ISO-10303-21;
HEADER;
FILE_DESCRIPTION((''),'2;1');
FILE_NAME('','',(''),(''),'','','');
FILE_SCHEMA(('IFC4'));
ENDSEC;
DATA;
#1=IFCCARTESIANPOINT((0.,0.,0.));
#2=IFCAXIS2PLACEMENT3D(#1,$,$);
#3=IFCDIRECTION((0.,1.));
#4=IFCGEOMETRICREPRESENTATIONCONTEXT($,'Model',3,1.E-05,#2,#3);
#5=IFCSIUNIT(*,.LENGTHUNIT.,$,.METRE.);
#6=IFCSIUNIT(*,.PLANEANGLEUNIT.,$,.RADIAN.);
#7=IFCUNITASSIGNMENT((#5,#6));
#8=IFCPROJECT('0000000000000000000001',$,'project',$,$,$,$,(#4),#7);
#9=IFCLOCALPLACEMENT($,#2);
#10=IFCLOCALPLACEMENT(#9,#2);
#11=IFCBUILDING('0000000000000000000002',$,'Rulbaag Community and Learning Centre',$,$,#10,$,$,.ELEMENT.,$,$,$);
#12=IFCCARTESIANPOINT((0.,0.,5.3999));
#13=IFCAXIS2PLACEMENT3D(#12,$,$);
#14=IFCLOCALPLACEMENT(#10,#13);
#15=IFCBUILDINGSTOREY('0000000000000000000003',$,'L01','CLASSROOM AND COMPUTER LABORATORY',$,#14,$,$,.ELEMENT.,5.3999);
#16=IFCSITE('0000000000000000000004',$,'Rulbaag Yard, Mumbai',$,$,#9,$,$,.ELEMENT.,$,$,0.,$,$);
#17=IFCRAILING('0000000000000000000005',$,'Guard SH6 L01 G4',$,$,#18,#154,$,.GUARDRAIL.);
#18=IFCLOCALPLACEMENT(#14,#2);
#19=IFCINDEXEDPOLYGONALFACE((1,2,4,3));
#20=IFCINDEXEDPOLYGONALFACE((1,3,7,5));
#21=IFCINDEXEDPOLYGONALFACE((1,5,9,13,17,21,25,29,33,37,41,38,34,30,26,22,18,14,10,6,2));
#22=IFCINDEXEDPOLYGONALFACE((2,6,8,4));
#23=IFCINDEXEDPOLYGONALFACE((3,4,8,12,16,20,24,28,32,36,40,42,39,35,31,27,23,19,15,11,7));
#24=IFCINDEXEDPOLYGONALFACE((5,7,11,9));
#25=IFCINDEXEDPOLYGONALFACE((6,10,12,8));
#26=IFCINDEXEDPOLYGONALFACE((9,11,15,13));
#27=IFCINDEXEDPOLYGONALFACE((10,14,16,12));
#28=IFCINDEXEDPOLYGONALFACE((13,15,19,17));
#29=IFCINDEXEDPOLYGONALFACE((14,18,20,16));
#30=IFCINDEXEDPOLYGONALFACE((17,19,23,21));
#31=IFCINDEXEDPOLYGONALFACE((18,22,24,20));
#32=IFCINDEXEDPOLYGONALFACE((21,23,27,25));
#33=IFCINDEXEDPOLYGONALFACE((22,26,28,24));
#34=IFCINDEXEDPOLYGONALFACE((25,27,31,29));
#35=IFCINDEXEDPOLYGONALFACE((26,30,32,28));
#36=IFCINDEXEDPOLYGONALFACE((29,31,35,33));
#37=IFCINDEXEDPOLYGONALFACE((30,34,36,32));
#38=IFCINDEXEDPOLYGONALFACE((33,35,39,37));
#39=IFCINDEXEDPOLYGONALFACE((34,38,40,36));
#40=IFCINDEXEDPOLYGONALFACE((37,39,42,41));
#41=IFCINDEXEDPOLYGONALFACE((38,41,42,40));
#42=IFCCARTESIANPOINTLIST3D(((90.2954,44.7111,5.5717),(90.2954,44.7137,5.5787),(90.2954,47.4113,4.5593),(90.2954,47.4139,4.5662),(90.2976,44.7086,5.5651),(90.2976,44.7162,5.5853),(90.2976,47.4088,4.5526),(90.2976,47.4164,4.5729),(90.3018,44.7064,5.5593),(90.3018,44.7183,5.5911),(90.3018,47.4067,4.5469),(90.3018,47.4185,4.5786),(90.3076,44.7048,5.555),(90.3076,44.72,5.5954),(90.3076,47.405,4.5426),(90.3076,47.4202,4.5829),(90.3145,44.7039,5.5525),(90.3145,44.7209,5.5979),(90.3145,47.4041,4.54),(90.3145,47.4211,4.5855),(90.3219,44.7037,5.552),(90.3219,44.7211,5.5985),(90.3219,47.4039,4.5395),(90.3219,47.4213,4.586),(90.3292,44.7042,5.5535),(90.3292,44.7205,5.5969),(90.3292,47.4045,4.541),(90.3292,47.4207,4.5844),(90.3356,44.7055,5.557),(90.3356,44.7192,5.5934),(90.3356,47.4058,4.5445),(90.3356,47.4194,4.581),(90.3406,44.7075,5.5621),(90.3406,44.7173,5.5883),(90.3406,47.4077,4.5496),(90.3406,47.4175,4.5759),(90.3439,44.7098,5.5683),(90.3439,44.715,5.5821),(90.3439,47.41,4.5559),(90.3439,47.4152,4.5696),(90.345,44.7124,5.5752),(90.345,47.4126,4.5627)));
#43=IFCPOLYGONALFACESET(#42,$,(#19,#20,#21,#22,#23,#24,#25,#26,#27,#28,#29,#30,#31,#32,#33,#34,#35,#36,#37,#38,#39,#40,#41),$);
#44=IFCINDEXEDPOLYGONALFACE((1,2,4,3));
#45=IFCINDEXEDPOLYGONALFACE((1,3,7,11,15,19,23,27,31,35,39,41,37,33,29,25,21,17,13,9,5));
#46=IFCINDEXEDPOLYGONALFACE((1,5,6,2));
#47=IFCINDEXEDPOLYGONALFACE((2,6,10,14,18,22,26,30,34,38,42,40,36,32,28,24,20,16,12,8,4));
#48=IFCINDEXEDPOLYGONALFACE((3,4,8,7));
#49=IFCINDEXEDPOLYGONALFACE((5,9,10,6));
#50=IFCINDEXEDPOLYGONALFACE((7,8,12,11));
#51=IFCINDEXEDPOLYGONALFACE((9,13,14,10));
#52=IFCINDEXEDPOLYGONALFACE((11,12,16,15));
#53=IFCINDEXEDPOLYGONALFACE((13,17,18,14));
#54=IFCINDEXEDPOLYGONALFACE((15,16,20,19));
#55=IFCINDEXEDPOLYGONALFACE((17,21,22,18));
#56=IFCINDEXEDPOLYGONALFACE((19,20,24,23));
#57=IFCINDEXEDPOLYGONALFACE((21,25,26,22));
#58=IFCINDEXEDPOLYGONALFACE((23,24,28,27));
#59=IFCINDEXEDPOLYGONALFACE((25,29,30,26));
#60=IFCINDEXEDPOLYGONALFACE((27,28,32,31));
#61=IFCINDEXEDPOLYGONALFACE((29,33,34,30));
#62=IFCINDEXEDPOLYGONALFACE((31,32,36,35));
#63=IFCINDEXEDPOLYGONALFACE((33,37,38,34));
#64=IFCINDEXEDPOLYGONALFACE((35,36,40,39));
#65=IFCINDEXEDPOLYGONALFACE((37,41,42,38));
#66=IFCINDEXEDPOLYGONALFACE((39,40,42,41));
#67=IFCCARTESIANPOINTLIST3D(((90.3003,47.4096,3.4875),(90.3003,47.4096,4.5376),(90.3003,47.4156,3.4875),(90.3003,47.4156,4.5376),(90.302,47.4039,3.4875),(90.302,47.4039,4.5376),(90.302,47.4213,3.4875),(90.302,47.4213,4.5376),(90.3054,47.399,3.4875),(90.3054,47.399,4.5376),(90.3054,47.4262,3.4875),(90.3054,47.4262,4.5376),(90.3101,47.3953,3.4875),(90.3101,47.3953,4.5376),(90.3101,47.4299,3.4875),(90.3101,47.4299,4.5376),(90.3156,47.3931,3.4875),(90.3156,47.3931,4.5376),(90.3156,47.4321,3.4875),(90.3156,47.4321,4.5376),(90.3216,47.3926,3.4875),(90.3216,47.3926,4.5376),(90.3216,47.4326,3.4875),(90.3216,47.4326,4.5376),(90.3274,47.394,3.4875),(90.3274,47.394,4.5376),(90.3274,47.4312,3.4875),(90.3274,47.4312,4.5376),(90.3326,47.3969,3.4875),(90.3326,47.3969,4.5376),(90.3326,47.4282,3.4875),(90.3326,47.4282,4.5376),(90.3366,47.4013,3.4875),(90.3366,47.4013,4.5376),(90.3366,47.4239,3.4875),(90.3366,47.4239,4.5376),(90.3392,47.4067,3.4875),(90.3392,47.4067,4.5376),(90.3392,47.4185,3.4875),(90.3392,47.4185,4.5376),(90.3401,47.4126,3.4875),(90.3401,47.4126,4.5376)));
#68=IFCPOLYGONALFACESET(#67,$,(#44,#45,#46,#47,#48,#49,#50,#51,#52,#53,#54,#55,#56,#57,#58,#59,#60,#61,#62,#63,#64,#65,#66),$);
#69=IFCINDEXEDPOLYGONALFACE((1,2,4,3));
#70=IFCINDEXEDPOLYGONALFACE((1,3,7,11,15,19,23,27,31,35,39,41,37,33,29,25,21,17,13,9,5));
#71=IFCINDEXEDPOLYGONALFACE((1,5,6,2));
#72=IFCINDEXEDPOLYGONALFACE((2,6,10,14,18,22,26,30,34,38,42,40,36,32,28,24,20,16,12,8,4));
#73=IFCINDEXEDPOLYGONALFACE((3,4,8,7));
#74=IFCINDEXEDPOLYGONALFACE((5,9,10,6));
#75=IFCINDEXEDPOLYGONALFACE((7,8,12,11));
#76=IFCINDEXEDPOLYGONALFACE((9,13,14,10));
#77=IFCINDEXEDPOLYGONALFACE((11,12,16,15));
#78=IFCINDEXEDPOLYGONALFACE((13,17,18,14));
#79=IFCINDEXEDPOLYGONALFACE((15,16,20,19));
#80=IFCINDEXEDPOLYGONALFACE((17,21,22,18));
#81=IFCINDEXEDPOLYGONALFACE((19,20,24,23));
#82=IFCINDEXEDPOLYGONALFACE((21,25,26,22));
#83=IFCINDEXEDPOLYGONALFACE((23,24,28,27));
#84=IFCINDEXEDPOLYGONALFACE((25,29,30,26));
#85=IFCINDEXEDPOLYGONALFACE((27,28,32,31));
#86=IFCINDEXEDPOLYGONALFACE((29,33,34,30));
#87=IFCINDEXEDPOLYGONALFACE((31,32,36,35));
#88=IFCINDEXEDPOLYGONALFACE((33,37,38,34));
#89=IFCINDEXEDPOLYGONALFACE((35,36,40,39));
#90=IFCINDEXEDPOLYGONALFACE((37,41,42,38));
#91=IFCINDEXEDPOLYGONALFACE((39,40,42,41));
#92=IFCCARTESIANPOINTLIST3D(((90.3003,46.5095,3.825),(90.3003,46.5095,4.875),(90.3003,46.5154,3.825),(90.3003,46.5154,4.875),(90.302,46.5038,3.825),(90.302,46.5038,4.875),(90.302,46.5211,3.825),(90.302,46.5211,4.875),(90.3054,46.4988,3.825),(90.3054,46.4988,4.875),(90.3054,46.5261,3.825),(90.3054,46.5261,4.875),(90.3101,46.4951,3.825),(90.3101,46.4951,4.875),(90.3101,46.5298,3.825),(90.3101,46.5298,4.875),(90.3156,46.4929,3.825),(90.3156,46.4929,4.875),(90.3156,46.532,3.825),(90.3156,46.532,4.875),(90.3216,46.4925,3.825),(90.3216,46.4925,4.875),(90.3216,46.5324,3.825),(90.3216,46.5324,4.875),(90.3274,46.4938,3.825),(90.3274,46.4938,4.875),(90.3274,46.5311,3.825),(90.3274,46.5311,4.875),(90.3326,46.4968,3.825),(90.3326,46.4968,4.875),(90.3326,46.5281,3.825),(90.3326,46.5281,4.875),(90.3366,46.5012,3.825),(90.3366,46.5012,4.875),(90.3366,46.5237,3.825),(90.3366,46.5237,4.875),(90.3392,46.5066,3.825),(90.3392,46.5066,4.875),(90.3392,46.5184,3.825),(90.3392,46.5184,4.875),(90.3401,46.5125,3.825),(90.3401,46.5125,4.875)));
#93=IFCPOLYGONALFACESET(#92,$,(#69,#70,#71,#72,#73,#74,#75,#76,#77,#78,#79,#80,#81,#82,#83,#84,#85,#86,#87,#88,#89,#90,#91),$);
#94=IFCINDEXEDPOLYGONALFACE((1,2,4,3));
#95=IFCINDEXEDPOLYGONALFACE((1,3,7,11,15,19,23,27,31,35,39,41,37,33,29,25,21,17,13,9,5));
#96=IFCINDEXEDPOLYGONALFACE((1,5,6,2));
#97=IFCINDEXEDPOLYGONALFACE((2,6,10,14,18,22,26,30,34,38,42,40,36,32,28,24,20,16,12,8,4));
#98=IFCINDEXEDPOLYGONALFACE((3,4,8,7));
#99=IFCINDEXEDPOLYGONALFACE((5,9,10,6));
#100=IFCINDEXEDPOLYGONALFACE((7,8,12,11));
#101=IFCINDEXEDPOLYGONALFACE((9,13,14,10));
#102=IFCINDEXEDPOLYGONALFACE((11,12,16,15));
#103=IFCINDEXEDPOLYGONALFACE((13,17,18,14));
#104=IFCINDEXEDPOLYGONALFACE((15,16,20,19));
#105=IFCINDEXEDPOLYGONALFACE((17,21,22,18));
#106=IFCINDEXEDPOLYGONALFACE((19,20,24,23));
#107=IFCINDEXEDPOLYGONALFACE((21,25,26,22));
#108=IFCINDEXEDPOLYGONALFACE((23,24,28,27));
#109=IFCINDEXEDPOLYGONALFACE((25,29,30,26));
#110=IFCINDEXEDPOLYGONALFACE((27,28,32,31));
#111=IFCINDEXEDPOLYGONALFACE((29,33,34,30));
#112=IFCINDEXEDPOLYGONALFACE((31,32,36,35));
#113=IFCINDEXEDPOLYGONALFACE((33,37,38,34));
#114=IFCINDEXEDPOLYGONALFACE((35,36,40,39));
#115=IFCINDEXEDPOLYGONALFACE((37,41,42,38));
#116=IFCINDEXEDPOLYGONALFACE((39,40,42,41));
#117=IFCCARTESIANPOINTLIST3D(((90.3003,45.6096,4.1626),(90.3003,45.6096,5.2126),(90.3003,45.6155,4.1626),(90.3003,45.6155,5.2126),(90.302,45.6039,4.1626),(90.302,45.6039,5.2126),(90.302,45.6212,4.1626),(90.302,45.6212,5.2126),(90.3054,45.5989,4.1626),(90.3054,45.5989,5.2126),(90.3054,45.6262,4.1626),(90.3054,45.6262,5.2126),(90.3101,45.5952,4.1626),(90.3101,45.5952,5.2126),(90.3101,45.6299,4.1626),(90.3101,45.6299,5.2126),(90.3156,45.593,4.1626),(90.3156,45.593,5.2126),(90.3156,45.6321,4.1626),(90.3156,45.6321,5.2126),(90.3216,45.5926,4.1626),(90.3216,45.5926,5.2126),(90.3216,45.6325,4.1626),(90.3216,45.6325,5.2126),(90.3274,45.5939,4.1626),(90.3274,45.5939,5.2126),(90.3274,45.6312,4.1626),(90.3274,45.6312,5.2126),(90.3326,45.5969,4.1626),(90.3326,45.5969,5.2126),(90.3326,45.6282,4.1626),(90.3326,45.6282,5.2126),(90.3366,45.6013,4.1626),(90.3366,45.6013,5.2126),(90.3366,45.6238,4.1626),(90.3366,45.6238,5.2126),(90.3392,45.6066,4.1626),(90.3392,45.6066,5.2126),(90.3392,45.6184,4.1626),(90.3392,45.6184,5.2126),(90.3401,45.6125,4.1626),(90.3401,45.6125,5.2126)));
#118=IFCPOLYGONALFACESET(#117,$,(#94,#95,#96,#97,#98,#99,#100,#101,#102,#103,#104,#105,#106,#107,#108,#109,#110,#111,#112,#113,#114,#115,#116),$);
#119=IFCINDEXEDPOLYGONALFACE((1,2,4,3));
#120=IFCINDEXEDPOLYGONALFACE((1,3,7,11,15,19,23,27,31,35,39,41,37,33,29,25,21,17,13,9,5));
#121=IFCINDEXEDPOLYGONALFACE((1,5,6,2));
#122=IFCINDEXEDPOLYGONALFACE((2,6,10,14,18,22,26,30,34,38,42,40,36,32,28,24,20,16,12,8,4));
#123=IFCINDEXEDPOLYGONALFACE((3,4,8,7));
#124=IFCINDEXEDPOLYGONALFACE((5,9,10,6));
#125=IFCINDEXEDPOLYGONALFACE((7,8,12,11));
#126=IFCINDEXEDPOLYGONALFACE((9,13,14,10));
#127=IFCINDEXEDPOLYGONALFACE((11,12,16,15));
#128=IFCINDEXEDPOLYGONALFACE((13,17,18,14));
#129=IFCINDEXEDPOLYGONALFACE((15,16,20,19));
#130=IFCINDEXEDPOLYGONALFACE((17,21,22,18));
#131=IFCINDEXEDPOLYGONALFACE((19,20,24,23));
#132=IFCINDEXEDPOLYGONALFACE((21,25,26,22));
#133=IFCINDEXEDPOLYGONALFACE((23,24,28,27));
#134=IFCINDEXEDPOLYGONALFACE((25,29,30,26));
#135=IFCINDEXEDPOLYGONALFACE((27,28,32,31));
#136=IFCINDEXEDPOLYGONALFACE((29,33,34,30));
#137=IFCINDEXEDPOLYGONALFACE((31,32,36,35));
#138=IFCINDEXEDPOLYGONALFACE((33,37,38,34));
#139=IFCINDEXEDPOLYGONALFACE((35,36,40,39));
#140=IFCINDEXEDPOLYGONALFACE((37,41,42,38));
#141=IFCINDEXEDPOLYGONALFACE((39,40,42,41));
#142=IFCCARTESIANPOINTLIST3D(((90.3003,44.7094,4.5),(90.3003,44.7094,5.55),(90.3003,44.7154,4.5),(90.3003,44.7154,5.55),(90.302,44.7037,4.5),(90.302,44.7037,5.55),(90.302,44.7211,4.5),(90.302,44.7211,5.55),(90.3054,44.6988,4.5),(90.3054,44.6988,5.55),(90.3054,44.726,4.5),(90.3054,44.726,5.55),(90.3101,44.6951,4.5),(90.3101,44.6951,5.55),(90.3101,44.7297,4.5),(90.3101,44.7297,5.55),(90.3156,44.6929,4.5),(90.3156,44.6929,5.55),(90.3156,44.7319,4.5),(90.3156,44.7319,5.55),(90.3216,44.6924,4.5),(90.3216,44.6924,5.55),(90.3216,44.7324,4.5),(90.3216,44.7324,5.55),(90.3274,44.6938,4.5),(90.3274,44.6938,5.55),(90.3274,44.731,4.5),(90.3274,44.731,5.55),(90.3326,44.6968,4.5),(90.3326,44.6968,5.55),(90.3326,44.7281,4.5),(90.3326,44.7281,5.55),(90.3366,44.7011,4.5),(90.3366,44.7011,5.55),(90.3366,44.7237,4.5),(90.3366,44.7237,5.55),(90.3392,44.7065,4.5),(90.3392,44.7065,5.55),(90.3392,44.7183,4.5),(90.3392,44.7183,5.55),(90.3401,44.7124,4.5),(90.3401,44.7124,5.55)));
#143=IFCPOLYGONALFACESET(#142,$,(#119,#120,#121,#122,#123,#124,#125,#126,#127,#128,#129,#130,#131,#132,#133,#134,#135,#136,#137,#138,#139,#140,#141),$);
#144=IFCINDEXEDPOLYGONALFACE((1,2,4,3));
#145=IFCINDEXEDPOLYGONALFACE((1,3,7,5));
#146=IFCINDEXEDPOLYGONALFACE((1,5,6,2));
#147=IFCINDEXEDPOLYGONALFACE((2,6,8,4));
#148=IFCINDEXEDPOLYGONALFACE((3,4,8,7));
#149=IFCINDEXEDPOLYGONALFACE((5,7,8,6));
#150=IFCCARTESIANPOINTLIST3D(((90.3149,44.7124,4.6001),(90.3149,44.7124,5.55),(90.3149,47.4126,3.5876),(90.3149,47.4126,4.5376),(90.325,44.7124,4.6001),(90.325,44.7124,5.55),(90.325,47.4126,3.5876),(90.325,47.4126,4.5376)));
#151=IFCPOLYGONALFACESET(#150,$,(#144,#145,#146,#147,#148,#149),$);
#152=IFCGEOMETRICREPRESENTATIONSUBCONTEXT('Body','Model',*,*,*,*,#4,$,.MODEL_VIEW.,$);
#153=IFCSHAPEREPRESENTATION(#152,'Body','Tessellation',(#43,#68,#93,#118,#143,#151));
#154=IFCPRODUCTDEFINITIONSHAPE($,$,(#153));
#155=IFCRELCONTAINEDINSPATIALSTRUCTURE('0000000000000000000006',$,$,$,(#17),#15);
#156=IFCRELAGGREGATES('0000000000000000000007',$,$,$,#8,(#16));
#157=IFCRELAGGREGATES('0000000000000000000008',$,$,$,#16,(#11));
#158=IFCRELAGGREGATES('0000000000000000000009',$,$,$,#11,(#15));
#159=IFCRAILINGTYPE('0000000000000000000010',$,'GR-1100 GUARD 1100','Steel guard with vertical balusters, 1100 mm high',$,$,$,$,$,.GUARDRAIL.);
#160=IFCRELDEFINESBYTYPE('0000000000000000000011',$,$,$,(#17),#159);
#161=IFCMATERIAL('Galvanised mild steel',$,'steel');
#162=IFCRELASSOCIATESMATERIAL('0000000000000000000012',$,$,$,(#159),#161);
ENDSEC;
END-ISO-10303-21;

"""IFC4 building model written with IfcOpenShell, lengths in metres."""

from ifc_helpers import new_model, si_unit, direction, frame, origin, origin_2d, place, context, subcontext, project, spatial, polyline, circle, outline, extrude, material, type_object, element, save


model = new_model("IFC4")

# Units and contexts
model_context = context("Model", 3, precision=1e-05, world=origin(), true_north=direction((0.0, 1.0)))
body_context = subcontext(model_context, "Body", "Model", "MODEL_VIEW")
ifc_project = project(units=[si_unit("LENGTHUNIT", "METRE"), si_unit("PLANEANGLEUNIT", "RADIAN")], contexts=[model_context])

# Site, building, storey
site_placement = place(None, origin())
site = spatial("IfcSite", under=ifc_project, at=site_placement, Name="Rulbaag Yard, Mumbai", CompositionType="ELEMENT", RefElevation=0.0)
building_placement = place(site_placement, origin())
building = spatial("IfcBuilding", under=site, at=building_placement, Name="Rulbaag Community and Learning Centre", CompositionType="ELEMENT")
storey_placement = place(building_placement, frame((0.0, 0.0, 5.3999)))
storey = spatial("IfcBuildingStorey", under=building, at=storey_placement, Name="L01", Description="CLASSROOM AND COMPUTER LABORATORY", CompositionType="ELEMENT", Elevation=5.3999)

# Railing
ifc_material_1 = material(Name="Galvanised mild steel", Category="steel")
railing_type_1 = type_object("IfcRailingType", Name="GR-1100 GUARD 1100", Description="Steel guard with vertical balusters, 1100 mm high", PredefinedType="GUARDRAIL", material=ifc_material_1)
railing_1_placement = place(storey_placement, frame((90.3201, 47.4126, 3.4875)))
element("IfcRailing", 1, at=railing_1_placement, inside=storey, type_object=railing_type_1, Name="Guard SH6 L01 G4", PredefinedType="GUARDRAIL", context=body_context, shape_type="SweptSolid", body=[
    extrude(circle(Radius=0.0249, at=origin_2d()), frame((0.0, 0.0, 1.0752), z_axis=(0.0, -0.936343, 0.351086), x_axis=(1.0, 0.0, 0.0)), (0.0, 0.0, 1.0), 2.8838),
    extrude(circle(Radius=0.02, at=origin_2d()), origin(), (0.0, 0.0, 1.0), 1.05),
    extrude(circle(Radius=0.02, at=origin_2d()), frame((0.0, -0.9001, 0.3374)), (0.0, 0.0, 1.0), 1.05),
    extrude(circle(Radius=0.02, at=origin_2d()), frame((0.0, -1.8, 0.675)), (0.0, 0.0, 1.0), 1.05),
    extrude(circle(Radius=0.02, at=origin_2d()), frame((0.0, -2.7002, 1.0125)), (0.0, 0.0, 1.0), 1.05),
    extrude(outline(polyline([(0.0, 0.0), (2.7002, 1.0125), (2.7002, 1.9624), (0.0, 0.95), (0.0, 0.0)])), frame((0.0049, 0.0, 0.1001), z_axis=(-1.0, 0.0, 0.0), x_axis=(0.0, -1.0, 0.0)), (0.0, 0.0, 1.0), 0.01),
])

save(model, "model.ifc")
